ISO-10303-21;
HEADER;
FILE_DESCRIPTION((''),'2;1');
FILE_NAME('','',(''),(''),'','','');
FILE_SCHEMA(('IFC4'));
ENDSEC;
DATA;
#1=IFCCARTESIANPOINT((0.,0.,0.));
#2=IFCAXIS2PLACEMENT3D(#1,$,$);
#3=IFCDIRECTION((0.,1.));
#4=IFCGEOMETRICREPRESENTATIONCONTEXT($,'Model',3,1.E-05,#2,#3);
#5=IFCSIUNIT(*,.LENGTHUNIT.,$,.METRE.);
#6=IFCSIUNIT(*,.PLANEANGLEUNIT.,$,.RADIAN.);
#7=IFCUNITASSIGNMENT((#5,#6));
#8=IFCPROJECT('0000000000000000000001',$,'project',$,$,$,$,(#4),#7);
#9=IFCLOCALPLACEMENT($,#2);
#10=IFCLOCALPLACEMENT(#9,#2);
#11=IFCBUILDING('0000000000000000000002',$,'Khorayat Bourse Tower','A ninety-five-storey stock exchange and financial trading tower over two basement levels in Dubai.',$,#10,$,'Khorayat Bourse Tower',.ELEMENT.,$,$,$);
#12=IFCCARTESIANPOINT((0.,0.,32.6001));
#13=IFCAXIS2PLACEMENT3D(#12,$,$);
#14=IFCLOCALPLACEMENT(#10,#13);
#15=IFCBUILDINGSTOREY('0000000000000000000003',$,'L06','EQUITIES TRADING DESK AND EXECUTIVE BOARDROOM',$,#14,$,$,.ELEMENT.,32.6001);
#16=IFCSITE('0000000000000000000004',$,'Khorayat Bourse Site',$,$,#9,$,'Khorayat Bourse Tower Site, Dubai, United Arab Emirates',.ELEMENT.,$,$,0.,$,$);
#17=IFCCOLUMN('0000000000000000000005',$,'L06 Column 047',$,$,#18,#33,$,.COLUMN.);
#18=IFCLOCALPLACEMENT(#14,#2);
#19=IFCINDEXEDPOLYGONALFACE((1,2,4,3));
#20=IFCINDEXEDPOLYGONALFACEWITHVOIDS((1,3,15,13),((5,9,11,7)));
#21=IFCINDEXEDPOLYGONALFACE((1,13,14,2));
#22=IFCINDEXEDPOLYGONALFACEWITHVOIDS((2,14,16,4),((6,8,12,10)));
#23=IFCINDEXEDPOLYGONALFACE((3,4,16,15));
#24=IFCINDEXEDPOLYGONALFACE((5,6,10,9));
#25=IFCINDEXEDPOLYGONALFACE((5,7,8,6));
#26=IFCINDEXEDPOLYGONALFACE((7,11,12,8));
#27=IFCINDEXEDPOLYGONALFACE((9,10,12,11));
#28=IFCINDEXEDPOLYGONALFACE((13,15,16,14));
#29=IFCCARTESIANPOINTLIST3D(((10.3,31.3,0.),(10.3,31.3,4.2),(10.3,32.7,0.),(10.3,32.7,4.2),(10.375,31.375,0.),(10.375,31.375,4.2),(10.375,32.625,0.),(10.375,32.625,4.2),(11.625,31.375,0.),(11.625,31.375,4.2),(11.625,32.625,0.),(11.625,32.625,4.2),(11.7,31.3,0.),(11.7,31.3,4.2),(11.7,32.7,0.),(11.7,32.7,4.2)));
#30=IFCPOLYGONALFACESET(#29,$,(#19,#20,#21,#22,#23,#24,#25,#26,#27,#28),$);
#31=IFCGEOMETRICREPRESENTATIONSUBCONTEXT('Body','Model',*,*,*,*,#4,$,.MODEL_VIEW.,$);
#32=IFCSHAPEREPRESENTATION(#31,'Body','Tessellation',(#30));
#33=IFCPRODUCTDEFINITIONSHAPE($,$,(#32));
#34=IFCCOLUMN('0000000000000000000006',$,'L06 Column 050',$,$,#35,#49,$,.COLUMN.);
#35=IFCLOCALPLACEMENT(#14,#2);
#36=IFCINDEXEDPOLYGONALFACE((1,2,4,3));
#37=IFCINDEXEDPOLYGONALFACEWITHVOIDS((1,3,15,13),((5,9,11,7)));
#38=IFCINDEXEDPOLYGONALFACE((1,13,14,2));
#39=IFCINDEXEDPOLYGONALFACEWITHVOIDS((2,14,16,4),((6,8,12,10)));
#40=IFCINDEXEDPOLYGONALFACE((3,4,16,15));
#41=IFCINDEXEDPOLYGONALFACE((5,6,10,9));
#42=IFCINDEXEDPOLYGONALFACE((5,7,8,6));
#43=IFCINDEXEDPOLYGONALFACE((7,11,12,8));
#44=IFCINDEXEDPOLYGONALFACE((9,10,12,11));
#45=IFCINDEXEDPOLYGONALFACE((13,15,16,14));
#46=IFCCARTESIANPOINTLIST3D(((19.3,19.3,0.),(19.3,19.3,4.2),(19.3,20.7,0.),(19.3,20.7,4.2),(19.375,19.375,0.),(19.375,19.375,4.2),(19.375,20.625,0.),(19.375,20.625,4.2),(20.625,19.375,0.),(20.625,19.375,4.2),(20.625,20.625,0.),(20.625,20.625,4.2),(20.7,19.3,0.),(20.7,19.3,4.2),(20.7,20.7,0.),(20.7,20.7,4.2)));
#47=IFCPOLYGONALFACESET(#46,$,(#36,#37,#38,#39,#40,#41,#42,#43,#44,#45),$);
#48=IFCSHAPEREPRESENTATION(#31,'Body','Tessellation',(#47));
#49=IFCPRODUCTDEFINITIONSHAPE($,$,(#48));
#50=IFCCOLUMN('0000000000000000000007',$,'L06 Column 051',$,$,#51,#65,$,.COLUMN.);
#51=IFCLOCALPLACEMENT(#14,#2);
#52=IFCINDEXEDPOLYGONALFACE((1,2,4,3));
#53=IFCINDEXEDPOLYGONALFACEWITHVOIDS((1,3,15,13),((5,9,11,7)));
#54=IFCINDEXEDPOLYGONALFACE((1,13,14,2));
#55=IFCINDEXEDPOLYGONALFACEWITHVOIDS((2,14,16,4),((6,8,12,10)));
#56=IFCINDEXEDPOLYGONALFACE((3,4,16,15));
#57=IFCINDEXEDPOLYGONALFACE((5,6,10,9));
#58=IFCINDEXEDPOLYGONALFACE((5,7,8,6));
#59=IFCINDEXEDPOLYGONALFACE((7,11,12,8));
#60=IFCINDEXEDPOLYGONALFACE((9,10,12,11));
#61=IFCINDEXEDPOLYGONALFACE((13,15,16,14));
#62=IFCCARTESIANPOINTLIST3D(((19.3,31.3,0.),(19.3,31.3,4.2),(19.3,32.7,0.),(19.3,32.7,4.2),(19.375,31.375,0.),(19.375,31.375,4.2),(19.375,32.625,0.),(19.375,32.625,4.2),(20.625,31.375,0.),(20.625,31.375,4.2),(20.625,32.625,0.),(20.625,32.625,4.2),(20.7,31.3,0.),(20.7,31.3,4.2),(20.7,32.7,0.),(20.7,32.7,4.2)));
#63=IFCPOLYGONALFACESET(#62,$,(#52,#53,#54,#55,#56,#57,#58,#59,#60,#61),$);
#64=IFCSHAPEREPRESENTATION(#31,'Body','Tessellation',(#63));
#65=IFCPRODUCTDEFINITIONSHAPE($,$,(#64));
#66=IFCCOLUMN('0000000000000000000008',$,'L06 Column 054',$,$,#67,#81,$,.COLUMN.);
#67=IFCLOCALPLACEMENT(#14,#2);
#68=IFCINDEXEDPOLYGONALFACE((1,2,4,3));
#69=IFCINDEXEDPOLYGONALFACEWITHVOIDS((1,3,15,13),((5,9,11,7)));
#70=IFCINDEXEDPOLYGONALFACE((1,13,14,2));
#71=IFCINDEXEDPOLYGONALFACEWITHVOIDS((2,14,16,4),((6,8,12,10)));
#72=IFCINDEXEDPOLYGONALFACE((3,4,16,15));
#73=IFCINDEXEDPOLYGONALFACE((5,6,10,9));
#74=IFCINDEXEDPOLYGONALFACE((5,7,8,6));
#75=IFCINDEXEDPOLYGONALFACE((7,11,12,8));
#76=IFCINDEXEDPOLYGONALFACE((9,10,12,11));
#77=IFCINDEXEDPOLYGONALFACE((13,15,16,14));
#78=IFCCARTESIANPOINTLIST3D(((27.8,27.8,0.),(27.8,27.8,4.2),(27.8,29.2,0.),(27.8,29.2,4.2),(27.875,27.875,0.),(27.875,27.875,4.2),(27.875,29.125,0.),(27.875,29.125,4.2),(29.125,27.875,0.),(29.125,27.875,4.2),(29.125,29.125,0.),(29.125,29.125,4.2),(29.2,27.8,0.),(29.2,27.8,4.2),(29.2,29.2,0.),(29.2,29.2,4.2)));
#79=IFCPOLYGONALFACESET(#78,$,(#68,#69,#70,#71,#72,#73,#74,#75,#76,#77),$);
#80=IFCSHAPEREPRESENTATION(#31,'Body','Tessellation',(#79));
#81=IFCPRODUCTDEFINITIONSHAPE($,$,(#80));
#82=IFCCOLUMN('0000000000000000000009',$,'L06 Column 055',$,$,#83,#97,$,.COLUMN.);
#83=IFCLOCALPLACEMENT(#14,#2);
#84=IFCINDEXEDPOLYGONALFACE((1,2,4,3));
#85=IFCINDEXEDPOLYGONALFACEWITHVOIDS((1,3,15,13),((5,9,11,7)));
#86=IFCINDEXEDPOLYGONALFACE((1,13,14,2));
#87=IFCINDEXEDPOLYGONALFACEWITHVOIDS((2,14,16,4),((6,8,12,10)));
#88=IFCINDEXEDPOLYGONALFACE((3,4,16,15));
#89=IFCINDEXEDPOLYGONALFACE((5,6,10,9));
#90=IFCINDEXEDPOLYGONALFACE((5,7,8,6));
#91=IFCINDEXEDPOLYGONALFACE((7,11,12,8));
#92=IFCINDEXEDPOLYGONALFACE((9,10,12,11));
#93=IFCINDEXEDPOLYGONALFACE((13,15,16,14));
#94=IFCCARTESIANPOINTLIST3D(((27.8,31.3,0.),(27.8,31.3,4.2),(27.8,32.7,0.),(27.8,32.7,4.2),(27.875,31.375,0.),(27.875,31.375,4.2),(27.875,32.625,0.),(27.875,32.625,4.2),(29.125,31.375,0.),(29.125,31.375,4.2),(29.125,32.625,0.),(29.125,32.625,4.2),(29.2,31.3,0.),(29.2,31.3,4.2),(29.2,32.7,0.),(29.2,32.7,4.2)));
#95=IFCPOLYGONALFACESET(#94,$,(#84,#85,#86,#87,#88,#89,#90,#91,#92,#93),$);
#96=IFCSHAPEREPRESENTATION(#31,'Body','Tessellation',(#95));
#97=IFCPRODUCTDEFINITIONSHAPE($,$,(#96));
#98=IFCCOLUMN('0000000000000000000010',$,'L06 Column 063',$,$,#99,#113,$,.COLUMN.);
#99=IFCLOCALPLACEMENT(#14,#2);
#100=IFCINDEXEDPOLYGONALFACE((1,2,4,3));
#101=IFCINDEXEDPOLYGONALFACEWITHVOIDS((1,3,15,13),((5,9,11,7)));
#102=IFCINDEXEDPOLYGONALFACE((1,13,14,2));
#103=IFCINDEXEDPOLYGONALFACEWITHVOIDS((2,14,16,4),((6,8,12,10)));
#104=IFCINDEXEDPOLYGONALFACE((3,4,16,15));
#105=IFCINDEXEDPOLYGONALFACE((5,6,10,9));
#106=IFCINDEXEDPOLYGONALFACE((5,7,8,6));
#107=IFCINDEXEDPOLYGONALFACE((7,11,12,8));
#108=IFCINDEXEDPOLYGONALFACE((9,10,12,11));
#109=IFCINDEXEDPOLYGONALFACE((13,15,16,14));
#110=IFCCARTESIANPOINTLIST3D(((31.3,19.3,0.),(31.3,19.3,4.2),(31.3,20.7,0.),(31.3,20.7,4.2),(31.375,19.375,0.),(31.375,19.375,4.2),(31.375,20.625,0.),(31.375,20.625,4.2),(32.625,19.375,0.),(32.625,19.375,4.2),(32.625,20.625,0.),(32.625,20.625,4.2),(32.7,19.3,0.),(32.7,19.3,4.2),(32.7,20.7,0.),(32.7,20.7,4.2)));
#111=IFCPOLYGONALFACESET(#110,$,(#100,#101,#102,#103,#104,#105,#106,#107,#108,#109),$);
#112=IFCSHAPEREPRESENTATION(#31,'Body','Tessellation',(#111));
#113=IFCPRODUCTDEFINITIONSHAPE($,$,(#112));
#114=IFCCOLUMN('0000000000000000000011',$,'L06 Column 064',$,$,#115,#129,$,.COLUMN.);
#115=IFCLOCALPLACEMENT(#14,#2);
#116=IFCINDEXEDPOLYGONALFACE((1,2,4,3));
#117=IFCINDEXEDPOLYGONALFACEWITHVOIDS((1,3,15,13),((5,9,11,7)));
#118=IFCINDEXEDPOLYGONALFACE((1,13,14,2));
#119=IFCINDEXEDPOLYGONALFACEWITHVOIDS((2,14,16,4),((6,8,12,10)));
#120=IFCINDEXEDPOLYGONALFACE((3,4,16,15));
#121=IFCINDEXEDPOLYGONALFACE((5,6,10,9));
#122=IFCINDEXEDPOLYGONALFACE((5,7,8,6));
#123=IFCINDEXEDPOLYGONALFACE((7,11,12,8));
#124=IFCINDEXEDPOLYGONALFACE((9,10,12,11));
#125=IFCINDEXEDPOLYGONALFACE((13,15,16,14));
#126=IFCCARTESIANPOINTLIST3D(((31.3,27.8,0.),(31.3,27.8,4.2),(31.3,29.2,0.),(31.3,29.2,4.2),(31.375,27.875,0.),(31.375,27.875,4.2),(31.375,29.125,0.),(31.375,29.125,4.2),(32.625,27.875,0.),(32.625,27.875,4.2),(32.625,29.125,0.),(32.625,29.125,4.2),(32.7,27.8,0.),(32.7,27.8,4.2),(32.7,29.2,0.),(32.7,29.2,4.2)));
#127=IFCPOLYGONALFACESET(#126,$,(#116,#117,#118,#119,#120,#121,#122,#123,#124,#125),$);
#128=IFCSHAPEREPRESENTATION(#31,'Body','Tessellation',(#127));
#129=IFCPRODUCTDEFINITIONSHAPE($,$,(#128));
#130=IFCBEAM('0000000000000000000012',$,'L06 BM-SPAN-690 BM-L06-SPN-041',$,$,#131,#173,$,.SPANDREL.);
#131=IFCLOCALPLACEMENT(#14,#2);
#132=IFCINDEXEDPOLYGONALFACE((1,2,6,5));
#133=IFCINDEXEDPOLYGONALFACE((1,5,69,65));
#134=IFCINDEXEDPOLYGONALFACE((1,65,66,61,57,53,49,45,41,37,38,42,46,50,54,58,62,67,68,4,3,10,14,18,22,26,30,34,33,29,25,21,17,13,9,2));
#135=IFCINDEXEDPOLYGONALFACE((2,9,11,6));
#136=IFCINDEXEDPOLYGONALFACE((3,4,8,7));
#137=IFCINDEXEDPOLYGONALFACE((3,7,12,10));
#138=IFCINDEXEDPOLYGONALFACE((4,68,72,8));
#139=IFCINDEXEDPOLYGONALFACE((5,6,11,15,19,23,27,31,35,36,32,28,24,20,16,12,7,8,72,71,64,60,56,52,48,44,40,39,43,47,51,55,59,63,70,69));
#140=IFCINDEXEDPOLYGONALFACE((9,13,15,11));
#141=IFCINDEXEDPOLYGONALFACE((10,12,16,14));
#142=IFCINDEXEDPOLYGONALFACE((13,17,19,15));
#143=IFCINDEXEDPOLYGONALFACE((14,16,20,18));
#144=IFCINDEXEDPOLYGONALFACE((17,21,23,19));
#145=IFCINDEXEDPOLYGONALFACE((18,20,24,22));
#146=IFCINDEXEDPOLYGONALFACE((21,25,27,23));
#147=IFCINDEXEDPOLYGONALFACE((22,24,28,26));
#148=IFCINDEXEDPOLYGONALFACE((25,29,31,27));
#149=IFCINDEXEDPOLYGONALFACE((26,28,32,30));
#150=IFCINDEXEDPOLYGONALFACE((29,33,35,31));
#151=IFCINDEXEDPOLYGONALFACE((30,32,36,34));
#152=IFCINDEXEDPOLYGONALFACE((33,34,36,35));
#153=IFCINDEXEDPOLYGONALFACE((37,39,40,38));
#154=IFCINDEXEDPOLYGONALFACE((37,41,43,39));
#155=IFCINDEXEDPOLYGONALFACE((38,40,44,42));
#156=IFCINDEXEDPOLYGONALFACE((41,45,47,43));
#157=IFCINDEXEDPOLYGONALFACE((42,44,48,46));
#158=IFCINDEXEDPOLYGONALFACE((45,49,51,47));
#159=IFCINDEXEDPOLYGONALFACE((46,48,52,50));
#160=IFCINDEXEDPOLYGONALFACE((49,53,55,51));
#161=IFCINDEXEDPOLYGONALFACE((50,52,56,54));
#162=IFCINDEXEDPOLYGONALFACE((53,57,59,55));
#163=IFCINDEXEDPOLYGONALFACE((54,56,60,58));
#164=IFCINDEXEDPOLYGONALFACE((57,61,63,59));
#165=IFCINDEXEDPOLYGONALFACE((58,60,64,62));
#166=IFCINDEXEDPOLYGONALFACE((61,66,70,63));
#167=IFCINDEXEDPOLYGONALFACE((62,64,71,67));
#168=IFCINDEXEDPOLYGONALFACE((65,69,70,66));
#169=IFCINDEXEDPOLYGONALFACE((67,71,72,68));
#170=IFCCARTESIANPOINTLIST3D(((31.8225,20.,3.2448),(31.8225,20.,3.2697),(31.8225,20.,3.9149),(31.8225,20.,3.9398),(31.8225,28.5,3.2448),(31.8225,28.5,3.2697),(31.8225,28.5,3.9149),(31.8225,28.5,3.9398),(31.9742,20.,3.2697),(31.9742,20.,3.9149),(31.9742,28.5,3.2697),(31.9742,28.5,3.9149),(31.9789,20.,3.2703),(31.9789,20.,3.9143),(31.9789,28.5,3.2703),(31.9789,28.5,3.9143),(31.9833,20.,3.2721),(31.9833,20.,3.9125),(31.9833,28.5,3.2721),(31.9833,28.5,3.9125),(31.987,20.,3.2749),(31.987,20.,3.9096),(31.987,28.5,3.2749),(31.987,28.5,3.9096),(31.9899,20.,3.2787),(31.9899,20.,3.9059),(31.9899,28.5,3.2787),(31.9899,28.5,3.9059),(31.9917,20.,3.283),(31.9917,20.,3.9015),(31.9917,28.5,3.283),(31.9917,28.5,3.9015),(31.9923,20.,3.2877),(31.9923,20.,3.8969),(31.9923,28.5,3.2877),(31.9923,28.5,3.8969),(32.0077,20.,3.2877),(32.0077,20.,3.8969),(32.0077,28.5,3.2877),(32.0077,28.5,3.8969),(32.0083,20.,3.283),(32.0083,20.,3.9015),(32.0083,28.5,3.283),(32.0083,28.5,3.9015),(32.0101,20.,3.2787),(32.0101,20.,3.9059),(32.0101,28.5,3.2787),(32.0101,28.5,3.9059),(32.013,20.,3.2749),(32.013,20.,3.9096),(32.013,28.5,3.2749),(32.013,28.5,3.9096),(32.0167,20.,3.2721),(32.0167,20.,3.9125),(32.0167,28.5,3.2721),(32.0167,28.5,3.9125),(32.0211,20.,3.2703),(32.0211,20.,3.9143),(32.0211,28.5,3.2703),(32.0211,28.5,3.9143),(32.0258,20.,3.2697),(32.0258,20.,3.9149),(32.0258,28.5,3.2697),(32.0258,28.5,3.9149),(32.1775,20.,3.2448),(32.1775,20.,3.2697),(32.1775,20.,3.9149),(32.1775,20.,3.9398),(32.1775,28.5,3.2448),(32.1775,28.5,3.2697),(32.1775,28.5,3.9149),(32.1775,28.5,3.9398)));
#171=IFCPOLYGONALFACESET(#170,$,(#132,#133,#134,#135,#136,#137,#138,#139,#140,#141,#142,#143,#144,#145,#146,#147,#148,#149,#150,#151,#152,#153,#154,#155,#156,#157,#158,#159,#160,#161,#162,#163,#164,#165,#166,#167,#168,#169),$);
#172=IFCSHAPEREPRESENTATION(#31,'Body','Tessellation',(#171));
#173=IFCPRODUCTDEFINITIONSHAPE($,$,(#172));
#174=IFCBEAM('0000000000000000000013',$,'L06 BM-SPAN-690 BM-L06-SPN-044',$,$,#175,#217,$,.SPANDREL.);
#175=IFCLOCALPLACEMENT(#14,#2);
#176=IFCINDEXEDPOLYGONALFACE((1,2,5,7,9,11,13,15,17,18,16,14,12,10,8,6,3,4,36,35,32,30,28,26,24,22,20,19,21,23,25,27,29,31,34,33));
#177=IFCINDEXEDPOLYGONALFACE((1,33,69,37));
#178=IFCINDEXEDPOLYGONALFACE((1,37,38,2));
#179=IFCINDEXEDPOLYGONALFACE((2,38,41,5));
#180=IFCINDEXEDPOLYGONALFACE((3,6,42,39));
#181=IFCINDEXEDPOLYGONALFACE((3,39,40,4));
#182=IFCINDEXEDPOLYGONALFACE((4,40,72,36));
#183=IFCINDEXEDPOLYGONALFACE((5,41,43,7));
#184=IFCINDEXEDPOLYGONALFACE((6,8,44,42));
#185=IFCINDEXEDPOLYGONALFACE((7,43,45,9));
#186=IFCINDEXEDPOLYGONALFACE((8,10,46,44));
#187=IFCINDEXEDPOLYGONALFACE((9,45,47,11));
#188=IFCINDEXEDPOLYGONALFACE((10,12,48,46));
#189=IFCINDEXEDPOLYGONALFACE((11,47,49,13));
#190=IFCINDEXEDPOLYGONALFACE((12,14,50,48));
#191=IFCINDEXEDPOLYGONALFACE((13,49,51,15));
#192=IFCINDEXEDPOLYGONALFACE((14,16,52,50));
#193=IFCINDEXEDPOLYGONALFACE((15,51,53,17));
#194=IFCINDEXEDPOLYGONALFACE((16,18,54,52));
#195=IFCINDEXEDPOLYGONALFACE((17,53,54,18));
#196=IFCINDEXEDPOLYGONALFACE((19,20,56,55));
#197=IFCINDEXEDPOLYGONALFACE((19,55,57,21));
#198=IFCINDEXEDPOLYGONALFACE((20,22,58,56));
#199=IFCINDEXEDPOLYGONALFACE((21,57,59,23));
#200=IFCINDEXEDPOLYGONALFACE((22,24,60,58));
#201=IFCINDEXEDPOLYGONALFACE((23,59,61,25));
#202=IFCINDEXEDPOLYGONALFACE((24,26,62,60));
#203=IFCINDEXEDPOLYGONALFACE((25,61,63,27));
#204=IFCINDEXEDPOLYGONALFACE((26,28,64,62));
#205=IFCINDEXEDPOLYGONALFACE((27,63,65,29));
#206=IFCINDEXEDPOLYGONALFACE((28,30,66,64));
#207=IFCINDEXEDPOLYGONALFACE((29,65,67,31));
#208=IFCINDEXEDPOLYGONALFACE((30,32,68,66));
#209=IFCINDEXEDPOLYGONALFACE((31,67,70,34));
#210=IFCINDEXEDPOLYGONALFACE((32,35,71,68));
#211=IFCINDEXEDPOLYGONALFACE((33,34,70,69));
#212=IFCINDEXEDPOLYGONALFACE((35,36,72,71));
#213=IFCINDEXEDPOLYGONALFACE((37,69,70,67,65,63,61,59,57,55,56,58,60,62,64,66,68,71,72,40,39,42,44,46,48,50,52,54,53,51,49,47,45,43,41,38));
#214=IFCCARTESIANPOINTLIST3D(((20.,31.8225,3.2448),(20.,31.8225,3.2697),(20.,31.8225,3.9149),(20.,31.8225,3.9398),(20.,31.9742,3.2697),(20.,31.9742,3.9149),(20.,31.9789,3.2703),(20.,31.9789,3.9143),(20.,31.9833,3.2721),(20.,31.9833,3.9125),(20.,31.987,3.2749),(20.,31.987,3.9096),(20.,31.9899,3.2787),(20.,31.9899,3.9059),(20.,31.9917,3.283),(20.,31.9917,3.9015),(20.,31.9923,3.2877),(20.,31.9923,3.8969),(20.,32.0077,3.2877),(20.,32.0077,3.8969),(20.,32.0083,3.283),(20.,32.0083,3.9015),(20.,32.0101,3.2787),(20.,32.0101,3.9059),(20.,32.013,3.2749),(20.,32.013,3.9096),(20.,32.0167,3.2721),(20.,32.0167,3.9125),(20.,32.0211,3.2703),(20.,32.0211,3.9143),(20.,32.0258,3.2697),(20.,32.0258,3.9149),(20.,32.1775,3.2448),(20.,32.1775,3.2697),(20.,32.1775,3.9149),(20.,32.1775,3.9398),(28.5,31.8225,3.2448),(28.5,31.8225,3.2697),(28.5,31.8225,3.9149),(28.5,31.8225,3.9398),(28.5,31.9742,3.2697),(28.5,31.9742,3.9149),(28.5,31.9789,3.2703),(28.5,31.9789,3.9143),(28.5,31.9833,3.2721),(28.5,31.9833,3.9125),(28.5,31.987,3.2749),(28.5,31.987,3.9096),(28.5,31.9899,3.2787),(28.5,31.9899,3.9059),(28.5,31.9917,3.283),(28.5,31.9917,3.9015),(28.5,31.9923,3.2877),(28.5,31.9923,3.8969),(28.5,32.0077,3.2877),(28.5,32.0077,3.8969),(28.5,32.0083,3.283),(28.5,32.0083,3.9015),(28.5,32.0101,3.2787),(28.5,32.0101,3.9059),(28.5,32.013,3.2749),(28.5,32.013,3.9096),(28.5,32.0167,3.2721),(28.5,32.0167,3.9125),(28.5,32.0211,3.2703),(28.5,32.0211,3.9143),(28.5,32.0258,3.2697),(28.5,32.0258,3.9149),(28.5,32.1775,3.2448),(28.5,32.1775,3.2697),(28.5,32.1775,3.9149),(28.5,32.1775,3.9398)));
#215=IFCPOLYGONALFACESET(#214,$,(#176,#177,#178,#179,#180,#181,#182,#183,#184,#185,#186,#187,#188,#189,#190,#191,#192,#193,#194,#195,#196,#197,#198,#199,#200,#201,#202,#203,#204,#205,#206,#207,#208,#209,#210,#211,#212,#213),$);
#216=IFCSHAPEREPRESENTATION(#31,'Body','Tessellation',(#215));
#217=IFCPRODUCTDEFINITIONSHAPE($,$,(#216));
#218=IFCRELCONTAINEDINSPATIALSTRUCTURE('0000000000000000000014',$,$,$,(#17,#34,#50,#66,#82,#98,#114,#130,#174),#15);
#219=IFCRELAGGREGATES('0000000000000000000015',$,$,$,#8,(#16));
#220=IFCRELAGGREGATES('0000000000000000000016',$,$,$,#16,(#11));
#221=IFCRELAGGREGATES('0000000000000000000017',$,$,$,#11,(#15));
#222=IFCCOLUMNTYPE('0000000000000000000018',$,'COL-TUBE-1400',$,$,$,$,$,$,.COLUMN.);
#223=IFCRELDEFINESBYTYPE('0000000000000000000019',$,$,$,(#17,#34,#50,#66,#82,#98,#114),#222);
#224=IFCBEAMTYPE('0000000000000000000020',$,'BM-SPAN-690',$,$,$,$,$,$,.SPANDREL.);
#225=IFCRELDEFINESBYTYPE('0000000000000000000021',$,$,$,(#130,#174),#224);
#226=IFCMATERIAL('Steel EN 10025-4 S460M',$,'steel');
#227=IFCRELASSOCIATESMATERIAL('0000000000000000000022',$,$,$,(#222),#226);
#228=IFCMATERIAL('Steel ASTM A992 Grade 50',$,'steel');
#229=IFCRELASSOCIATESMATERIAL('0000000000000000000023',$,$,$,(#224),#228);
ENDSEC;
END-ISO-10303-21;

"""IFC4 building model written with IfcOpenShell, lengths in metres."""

from ifc_helpers import new_model, si_unit, direction, frame, origin, origin_2d, place, context, subcontext, project, spatial, hollow_rectangle, i_section, extrude, source, transform, mapped, material, material_profile, profile_set, type_object, element, save


model = new_model("IFC4")

# Units and contexts
model_context = context("Model", 3, precision=1e-05, world=origin(), true_north=direction((0.0, 1.0)))
body_context = subcontext(model_context, "Body", "Model", "MODEL_VIEW")
ifc_project = project(units=[si_unit("LENGTHUNIT", "METRE"), si_unit("PLANEANGLEUNIT", "RADIAN")], contexts=[model_context])

# Site, building, storey
site_placement = place(None, origin())
site = spatial("IfcSite", under=ifc_project, at=site_placement, Name="Khorayat Bourse Site", LongName="Khorayat Bourse Tower Site, Dubai, United Arab Emirates", CompositionType="ELEMENT", RefElevation=0.0)
building_placement = place(site_placement, origin())
building = spatial("IfcBuilding", under=site, at=building_placement, Name="Khorayat Bourse Tower", Description="A ninety-five-storey stock exchange and financial trading tower over two basement levels in Dubai.", LongName="Khorayat Bourse Tower", CompositionType="ELEMENT")
storey_placement = place(building_placement, frame((0.0, 0.0, 32.6001)))
storey = spatial("IfcBuildingStorey", under=building, at=storey_placement, Name="L06", Description="EQUITIES TRADING DESK AND EXECUTIVE BOARDROOM", CompositionType="ELEMENT", Elevation=32.6001)

# Columns
ifc_material_1 = material(Name="Steel EN 10025-4 S460M", Category="steel")
ifc_material_profile_1 = material_profile(ifc_material_1, hollow_rectangle(XDim=1.3999, YDim=1.3999, WallThickness=0.075, at=origin_2d()), Name="BOX 1400x1400x75")
ifc_profile_set_1 = profile_set([ifc_material_profile_1], Name="Steel EN 10025-4 S460M")
column_type = type_object("IfcColumnType", Name="COL-TUBE-1400", PredefinedType="COLUMN", material=ifc_profile_set_1)
shared_shape_1 = source(origin(), body_context, "Body", "SweptSolid", [
    extrude(hollow_rectangle(XDim=1.3999, YDim=1.3999, WallThickness=0.075, at=origin_2d()), origin(), (0.0, 0.0, 1.0), 4.2),
])
for number, where, z_axis, x_axis, name in (
    (1, (11.0, 32.0, 0.0), (0.0, 0.0, 1.0), (1.0, 0.0, 0.0), "L06 Column 047"),
    (2, (20.0, 20.0, 0.0), (0.0, 0.0, 1.0), (1.0, 0.0, 0.0), "L06 Column 050"),
    (3, (20.0, 32.0, 0.0), (0.0, 0.0, 1.0), (1.0, 0.0, 0.0), "L06 Column 051"),
    (4, (28.5, 28.5, 0.0), (0.0, 0.0, 1.0), (1.0, 0.0, 0.0), "L06 Column 054"),
    (5, (28.5, 32.0, 0.0), (0.0, 0.0, 1.0), (1.0, 0.0, 0.0), "L06 Column 055"),
    (6, (32.0, 20.0, 0.0), (0.0, 0.0, 1.0), (1.0, 0.0, 0.0), "L06 Column 063"),
    (7, (32.0, 28.5, 0.0), (0.0, 0.0, 1.0), (1.0, 0.0, 0.0), "L06 Column 064"),
):
    element("IfcColumn", number, at=place(storey_placement, frame(where, z_axis=z_axis, x_axis=x_axis)), inside=storey, type_object=column_type, Name=name, PredefinedType="COLUMN", context=body_context, shape_type="MappedRepresentation", body=[
        mapped(shared_shape_1, transform((0.0, 0.0, 0.0), scale=1.0)),
    ])

# Beams
ifc_material_2 = material(Name="Steel ASTM A992 Grade 50", Category="steel")
ifc_material_profile_2 = material_profile(ifc_material_2, i_section(OverallWidth=0.355, OverallDepth=0.6951, WebThickness=0.0154, FlangeThickness=0.0249, FilletRadius=0.0181, at=origin_2d()), Name="W690X217")
ifc_profile_set_2 = profile_set([ifc_material_profile_2], Name="Steel ASTM A992 Grade 50")
beam_type_1 = type_object("IfcBeamType", Name="BM-SPAN-690", PredefinedType="SPANDREL", material=ifc_profile_set_2)
shared_shape_2 = source(origin(), body_context, "Body", "SweptSolid", [
    extrude(i_section(OverallWidth=0.355, OverallDepth=0.6951, WebThickness=0.0154, FlangeThickness=0.0249, FilletRadius=0.0181, at=origin_2d()), origin(), (0.0, 0.0, 1.0), 8.5),
])
for number, where, z_axis, x_axis, name in (
    (8, (32.0, 20.0, 3.5923), (0.0, 1.0, 0.0), (-1.0, 0.0, 0.0), "L06 BM-SPAN-690 BM-L06-SPN-041"),
    (9, (20.0, 32.0, 3.5923), (1.0, 0.0, 0.0), (0.0, 1.0, 0.0), "L06 BM-SPAN-690 BM-L06-SPN-044"),
):
    element("IfcBeam", number, at=place(storey_placement, frame(where, z_axis=z_axis, x_axis=x_axis)), inside=storey, type_object=beam_type_1, Name=name, PredefinedType="SPANDREL", context=body_context, shape_type="MappedRepresentation", body=[
        mapped(shared_shape_2, transform((0.0, 0.0, 0.0), scale=1.0)),
    ])

save(model, "model.ifc")
